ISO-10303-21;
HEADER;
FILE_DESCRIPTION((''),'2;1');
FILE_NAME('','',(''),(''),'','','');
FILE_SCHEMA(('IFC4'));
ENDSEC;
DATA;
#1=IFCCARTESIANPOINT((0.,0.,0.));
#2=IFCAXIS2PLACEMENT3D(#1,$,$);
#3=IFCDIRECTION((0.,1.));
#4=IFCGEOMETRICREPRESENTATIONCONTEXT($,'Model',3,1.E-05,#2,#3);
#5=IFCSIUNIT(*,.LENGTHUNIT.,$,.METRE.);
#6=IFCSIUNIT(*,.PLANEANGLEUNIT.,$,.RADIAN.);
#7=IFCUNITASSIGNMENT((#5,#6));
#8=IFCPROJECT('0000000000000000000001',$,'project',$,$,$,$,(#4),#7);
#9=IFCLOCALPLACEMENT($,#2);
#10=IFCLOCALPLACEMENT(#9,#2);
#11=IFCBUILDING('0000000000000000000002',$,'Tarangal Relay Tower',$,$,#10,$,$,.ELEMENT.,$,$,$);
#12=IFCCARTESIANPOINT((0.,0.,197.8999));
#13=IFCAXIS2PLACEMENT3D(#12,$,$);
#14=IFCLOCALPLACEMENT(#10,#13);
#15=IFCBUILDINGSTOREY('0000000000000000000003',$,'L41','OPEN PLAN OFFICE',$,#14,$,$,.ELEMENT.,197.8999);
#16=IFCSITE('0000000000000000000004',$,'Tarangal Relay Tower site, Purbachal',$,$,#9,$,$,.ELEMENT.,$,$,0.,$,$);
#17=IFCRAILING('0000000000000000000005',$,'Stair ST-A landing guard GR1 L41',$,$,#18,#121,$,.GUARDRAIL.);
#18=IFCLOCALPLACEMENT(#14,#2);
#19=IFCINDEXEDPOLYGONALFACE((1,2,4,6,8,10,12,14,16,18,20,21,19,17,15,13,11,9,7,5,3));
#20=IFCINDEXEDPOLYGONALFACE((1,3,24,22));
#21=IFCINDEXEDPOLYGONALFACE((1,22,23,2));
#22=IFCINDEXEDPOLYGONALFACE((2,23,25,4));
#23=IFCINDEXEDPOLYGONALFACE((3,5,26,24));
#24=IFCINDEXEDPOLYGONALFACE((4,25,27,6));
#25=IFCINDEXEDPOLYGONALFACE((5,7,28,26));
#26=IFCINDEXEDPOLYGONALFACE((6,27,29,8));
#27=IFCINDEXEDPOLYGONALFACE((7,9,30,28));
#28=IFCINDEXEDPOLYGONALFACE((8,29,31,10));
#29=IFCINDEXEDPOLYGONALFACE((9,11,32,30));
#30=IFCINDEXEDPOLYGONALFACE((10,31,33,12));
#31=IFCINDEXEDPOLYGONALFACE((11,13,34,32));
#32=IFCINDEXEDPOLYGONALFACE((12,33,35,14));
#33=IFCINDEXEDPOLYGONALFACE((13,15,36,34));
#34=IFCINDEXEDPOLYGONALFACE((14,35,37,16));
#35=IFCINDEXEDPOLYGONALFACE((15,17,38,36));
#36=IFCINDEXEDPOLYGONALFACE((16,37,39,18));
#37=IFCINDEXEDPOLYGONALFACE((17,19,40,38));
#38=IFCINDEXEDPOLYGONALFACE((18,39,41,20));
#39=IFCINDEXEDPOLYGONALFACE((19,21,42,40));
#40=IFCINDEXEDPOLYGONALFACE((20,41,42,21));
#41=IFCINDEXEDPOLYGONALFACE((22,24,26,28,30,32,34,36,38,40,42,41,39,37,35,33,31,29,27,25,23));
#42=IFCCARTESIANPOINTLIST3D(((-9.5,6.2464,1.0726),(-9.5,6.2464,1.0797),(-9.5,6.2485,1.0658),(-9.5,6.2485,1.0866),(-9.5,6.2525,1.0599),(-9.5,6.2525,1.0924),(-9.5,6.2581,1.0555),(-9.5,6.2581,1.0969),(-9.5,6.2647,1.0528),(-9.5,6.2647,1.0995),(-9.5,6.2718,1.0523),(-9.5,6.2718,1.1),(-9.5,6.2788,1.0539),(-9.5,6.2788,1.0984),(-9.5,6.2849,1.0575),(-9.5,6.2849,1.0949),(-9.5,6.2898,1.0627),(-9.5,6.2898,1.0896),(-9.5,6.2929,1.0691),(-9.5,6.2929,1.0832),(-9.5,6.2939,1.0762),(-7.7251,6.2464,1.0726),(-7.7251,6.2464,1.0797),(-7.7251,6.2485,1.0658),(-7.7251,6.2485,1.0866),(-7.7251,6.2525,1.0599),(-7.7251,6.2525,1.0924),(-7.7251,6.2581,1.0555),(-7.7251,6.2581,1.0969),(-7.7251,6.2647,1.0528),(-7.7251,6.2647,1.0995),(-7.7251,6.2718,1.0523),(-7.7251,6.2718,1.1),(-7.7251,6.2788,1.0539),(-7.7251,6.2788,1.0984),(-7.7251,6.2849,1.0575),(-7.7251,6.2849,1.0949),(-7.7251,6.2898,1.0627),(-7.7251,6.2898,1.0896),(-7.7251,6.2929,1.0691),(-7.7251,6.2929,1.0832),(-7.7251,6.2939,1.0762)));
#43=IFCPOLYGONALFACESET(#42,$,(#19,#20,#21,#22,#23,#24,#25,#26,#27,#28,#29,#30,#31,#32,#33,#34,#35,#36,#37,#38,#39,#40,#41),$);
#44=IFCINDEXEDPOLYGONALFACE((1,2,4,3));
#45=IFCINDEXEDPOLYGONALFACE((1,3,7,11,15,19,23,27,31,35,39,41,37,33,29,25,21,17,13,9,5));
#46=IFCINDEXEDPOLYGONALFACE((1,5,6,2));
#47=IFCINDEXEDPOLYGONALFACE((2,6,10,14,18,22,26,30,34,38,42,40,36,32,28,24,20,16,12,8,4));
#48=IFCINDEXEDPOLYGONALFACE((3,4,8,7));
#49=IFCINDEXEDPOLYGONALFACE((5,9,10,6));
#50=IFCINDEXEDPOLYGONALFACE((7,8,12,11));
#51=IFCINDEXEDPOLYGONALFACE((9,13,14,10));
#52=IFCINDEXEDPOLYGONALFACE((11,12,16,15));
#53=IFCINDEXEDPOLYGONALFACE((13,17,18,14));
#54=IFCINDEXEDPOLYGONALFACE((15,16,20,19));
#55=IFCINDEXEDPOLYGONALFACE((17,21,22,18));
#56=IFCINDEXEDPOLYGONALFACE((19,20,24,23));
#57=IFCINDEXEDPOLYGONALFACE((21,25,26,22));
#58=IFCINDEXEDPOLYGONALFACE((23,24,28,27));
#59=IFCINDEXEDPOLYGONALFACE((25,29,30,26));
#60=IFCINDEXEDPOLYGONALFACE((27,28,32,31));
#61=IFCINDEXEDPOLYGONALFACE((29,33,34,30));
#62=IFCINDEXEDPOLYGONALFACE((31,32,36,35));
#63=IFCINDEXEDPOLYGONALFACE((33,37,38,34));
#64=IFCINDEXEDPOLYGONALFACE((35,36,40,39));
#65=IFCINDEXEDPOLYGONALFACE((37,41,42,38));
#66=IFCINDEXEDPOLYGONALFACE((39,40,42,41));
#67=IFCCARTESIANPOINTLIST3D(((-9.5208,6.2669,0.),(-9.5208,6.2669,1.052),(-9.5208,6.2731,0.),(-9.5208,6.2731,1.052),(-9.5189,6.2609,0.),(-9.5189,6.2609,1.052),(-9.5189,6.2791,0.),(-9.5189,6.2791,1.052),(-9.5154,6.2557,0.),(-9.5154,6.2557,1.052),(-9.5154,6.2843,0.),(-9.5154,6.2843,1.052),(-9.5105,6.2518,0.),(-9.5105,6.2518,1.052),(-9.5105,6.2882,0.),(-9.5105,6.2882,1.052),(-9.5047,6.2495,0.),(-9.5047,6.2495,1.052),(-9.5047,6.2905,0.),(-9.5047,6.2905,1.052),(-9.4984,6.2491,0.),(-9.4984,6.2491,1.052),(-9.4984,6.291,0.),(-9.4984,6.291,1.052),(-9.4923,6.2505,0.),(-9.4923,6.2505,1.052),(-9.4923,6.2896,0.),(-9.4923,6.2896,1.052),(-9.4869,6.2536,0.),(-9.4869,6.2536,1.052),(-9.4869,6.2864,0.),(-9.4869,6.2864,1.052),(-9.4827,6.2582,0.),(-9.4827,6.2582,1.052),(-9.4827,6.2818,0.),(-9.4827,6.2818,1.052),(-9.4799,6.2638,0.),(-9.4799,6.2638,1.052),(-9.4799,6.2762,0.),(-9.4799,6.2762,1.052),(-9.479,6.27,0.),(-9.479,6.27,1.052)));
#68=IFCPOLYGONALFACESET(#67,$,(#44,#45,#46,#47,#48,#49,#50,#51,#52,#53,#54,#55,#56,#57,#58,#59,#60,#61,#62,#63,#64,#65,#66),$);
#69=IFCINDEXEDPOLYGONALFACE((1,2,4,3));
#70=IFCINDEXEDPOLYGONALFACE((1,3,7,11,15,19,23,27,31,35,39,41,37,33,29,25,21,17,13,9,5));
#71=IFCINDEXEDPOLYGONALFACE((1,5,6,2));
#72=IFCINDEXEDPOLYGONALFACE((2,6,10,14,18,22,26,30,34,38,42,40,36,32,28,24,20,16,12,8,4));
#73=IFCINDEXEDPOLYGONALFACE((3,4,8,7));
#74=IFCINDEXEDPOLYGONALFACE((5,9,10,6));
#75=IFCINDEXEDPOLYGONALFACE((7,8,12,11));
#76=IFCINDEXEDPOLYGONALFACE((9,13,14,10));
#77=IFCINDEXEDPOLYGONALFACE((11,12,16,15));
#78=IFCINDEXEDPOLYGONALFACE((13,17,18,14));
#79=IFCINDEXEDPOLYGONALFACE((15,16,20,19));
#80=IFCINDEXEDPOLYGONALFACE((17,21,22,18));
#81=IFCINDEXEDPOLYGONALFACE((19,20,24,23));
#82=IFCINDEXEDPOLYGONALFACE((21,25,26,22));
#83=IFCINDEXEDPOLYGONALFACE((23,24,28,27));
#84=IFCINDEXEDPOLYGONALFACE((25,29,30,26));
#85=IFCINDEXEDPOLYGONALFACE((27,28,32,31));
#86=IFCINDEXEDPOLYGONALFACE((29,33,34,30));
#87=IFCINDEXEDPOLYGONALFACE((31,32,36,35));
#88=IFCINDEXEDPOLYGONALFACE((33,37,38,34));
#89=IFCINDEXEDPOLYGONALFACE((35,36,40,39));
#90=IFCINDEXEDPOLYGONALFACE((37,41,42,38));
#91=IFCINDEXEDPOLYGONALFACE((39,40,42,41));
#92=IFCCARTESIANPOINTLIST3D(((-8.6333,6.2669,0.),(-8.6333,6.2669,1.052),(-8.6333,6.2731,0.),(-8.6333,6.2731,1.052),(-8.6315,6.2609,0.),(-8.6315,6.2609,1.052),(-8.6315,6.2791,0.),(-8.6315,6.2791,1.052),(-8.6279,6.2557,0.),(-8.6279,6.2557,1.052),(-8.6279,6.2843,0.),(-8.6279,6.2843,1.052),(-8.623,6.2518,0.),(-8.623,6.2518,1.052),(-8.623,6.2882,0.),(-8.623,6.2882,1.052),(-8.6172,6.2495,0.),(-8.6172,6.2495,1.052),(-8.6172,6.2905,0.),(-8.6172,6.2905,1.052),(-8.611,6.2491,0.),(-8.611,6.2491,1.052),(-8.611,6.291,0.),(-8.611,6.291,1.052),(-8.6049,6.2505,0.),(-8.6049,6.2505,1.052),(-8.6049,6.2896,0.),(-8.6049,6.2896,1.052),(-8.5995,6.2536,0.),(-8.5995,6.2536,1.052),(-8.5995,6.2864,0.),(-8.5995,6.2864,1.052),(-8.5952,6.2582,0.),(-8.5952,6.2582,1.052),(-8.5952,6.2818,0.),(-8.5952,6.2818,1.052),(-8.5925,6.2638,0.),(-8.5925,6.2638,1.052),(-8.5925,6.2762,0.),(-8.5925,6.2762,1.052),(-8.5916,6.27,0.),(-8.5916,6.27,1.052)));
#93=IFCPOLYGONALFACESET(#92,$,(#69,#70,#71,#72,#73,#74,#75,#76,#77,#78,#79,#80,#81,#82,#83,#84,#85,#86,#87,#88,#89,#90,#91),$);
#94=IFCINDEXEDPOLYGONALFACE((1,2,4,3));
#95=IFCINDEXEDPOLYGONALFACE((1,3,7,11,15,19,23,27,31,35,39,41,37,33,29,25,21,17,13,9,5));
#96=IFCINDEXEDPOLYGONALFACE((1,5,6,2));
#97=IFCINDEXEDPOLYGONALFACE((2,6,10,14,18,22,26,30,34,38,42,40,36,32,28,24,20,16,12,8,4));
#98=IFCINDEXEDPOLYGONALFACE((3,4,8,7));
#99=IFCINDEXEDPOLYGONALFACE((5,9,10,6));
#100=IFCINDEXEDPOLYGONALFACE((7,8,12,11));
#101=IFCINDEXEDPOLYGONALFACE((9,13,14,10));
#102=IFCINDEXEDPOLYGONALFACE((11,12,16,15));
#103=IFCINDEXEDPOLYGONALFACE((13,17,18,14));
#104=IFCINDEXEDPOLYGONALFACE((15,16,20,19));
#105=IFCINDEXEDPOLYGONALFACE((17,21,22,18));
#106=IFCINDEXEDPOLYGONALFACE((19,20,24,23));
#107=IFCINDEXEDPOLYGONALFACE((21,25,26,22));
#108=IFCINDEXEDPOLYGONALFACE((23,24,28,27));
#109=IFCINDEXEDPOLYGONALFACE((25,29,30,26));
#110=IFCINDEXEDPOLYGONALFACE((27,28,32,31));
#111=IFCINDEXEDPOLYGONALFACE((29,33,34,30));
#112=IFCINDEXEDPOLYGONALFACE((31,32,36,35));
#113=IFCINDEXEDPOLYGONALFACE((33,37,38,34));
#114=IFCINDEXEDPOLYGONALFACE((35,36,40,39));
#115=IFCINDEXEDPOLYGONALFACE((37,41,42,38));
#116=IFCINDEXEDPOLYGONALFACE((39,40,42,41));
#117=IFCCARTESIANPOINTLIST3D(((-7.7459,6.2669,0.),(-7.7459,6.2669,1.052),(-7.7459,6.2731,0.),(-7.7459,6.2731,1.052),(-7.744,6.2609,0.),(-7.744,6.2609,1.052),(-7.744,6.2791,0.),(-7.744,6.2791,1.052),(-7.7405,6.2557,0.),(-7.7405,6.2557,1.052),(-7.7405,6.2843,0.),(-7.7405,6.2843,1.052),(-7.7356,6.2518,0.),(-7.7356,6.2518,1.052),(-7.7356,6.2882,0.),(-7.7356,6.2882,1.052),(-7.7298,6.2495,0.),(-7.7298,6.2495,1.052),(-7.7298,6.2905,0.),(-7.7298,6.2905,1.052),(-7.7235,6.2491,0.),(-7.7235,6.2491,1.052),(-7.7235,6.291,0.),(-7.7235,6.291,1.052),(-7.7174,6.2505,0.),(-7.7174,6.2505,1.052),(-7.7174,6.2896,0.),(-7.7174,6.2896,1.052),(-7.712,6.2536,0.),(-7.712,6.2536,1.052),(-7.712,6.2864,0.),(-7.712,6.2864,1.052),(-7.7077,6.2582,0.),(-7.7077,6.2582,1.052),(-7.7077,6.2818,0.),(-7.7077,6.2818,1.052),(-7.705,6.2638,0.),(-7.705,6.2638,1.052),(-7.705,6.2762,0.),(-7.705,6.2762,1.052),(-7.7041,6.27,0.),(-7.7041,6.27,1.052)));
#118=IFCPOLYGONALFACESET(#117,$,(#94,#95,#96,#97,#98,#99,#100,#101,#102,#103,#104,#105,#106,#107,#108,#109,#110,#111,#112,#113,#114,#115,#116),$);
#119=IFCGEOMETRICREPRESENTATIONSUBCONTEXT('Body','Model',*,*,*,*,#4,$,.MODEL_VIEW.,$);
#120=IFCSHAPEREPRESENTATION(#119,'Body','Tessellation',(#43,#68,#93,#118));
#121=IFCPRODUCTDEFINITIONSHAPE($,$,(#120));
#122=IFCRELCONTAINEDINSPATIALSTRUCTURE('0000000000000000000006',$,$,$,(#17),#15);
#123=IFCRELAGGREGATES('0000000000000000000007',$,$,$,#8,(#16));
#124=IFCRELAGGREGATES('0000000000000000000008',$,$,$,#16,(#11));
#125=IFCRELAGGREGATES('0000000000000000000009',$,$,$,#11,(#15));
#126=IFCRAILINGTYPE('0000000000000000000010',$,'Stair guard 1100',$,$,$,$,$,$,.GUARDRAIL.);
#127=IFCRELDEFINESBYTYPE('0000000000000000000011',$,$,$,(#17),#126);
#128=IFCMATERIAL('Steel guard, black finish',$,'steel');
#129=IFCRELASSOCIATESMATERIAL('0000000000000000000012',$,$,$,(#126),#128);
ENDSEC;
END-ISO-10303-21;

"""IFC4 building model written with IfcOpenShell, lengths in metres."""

from ifc_helpers import new_model, si_unit, direction, frame, origin, origin_2d, place, context, subcontext, project, spatial, circle, extrude, material, type_object, element, save


model = new_model("IFC4")

# Units and contexts
model_context = context("Model", 3, precision=1e-05, world=origin(), true_north=direction((0.0, 1.0)))
body_context = subcontext(model_context, "Body", "Model", "MODEL_VIEW")
ifc_project = project(units=[si_unit("LENGTHUNIT", "METRE"), si_unit("PLANEANGLEUNIT", "RADIAN")], contexts=[model_context])

# Site, building, storey
site_placement = place(None, origin())
site = spatial("IfcSite", under=ifc_project, at=site_placement, Name="Tarangal Relay Tower site, Purbachal", CompositionType="ELEMENT", RefElevation=0.0)
building_placement = place(site_placement, origin())
building = spatial("IfcBuilding", under=site, at=building_placement, Name="Tarangal Relay Tower", CompositionType="ELEMENT")
storey_placement = place(building_placement, frame((0.0, 0.0, 197.8999)))
storey = spatial("IfcBuildingStorey", under=building, at=storey_placement, Name="L41", Description="OPEN PLAN OFFICE", CompositionType="ELEMENT", Elevation=197.8999)

# Railing
ifc_material_1 = material(Name="Steel guard, black finish", Category="steel")
railing_type_1 = type_object("IfcRailingType", Name="Stair guard 1100", PredefinedType="GUARDRAIL", material=ifc_material_1)
railing_1_placement = place(storey_placement, frame((-9.5, 6.27, 0.0)))
element("IfcRailing", 1, at=railing_1_placement, inside=storey, type_object=railing_type_1, Name="Stair ST-A landing guard GR1 L41", PredefinedType="GUARDRAIL", context=body_context, shape_type="SweptSolid", body=[
    extrude(circle(Radius=0.0239, at=origin_2d()), frame((0.0, 0.0, 1.0762), z_axis=(1.0, 0.0, 0.0), x_axis=(0.0, 1.0, 0.0)), (0.0, 0.0, 1.0), 1.7749),
    extrude(circle(Radius=0.021, at=origin_2d()), origin(), (0.0, 0.0, 1.0), 1.052),
    extrude(circle(Radius=0.021, at=origin_2d()), frame((0.8875, 0.0, 0.0)), (0.0, 0.0, 1.0), 1.052),
    extrude(circle(Radius=0.021, at=origin_2d()), frame((1.7749, 0.0, 0.0)), (0.0, 0.0, 1.0), 1.052),
])

save(model, "model.ifc")
